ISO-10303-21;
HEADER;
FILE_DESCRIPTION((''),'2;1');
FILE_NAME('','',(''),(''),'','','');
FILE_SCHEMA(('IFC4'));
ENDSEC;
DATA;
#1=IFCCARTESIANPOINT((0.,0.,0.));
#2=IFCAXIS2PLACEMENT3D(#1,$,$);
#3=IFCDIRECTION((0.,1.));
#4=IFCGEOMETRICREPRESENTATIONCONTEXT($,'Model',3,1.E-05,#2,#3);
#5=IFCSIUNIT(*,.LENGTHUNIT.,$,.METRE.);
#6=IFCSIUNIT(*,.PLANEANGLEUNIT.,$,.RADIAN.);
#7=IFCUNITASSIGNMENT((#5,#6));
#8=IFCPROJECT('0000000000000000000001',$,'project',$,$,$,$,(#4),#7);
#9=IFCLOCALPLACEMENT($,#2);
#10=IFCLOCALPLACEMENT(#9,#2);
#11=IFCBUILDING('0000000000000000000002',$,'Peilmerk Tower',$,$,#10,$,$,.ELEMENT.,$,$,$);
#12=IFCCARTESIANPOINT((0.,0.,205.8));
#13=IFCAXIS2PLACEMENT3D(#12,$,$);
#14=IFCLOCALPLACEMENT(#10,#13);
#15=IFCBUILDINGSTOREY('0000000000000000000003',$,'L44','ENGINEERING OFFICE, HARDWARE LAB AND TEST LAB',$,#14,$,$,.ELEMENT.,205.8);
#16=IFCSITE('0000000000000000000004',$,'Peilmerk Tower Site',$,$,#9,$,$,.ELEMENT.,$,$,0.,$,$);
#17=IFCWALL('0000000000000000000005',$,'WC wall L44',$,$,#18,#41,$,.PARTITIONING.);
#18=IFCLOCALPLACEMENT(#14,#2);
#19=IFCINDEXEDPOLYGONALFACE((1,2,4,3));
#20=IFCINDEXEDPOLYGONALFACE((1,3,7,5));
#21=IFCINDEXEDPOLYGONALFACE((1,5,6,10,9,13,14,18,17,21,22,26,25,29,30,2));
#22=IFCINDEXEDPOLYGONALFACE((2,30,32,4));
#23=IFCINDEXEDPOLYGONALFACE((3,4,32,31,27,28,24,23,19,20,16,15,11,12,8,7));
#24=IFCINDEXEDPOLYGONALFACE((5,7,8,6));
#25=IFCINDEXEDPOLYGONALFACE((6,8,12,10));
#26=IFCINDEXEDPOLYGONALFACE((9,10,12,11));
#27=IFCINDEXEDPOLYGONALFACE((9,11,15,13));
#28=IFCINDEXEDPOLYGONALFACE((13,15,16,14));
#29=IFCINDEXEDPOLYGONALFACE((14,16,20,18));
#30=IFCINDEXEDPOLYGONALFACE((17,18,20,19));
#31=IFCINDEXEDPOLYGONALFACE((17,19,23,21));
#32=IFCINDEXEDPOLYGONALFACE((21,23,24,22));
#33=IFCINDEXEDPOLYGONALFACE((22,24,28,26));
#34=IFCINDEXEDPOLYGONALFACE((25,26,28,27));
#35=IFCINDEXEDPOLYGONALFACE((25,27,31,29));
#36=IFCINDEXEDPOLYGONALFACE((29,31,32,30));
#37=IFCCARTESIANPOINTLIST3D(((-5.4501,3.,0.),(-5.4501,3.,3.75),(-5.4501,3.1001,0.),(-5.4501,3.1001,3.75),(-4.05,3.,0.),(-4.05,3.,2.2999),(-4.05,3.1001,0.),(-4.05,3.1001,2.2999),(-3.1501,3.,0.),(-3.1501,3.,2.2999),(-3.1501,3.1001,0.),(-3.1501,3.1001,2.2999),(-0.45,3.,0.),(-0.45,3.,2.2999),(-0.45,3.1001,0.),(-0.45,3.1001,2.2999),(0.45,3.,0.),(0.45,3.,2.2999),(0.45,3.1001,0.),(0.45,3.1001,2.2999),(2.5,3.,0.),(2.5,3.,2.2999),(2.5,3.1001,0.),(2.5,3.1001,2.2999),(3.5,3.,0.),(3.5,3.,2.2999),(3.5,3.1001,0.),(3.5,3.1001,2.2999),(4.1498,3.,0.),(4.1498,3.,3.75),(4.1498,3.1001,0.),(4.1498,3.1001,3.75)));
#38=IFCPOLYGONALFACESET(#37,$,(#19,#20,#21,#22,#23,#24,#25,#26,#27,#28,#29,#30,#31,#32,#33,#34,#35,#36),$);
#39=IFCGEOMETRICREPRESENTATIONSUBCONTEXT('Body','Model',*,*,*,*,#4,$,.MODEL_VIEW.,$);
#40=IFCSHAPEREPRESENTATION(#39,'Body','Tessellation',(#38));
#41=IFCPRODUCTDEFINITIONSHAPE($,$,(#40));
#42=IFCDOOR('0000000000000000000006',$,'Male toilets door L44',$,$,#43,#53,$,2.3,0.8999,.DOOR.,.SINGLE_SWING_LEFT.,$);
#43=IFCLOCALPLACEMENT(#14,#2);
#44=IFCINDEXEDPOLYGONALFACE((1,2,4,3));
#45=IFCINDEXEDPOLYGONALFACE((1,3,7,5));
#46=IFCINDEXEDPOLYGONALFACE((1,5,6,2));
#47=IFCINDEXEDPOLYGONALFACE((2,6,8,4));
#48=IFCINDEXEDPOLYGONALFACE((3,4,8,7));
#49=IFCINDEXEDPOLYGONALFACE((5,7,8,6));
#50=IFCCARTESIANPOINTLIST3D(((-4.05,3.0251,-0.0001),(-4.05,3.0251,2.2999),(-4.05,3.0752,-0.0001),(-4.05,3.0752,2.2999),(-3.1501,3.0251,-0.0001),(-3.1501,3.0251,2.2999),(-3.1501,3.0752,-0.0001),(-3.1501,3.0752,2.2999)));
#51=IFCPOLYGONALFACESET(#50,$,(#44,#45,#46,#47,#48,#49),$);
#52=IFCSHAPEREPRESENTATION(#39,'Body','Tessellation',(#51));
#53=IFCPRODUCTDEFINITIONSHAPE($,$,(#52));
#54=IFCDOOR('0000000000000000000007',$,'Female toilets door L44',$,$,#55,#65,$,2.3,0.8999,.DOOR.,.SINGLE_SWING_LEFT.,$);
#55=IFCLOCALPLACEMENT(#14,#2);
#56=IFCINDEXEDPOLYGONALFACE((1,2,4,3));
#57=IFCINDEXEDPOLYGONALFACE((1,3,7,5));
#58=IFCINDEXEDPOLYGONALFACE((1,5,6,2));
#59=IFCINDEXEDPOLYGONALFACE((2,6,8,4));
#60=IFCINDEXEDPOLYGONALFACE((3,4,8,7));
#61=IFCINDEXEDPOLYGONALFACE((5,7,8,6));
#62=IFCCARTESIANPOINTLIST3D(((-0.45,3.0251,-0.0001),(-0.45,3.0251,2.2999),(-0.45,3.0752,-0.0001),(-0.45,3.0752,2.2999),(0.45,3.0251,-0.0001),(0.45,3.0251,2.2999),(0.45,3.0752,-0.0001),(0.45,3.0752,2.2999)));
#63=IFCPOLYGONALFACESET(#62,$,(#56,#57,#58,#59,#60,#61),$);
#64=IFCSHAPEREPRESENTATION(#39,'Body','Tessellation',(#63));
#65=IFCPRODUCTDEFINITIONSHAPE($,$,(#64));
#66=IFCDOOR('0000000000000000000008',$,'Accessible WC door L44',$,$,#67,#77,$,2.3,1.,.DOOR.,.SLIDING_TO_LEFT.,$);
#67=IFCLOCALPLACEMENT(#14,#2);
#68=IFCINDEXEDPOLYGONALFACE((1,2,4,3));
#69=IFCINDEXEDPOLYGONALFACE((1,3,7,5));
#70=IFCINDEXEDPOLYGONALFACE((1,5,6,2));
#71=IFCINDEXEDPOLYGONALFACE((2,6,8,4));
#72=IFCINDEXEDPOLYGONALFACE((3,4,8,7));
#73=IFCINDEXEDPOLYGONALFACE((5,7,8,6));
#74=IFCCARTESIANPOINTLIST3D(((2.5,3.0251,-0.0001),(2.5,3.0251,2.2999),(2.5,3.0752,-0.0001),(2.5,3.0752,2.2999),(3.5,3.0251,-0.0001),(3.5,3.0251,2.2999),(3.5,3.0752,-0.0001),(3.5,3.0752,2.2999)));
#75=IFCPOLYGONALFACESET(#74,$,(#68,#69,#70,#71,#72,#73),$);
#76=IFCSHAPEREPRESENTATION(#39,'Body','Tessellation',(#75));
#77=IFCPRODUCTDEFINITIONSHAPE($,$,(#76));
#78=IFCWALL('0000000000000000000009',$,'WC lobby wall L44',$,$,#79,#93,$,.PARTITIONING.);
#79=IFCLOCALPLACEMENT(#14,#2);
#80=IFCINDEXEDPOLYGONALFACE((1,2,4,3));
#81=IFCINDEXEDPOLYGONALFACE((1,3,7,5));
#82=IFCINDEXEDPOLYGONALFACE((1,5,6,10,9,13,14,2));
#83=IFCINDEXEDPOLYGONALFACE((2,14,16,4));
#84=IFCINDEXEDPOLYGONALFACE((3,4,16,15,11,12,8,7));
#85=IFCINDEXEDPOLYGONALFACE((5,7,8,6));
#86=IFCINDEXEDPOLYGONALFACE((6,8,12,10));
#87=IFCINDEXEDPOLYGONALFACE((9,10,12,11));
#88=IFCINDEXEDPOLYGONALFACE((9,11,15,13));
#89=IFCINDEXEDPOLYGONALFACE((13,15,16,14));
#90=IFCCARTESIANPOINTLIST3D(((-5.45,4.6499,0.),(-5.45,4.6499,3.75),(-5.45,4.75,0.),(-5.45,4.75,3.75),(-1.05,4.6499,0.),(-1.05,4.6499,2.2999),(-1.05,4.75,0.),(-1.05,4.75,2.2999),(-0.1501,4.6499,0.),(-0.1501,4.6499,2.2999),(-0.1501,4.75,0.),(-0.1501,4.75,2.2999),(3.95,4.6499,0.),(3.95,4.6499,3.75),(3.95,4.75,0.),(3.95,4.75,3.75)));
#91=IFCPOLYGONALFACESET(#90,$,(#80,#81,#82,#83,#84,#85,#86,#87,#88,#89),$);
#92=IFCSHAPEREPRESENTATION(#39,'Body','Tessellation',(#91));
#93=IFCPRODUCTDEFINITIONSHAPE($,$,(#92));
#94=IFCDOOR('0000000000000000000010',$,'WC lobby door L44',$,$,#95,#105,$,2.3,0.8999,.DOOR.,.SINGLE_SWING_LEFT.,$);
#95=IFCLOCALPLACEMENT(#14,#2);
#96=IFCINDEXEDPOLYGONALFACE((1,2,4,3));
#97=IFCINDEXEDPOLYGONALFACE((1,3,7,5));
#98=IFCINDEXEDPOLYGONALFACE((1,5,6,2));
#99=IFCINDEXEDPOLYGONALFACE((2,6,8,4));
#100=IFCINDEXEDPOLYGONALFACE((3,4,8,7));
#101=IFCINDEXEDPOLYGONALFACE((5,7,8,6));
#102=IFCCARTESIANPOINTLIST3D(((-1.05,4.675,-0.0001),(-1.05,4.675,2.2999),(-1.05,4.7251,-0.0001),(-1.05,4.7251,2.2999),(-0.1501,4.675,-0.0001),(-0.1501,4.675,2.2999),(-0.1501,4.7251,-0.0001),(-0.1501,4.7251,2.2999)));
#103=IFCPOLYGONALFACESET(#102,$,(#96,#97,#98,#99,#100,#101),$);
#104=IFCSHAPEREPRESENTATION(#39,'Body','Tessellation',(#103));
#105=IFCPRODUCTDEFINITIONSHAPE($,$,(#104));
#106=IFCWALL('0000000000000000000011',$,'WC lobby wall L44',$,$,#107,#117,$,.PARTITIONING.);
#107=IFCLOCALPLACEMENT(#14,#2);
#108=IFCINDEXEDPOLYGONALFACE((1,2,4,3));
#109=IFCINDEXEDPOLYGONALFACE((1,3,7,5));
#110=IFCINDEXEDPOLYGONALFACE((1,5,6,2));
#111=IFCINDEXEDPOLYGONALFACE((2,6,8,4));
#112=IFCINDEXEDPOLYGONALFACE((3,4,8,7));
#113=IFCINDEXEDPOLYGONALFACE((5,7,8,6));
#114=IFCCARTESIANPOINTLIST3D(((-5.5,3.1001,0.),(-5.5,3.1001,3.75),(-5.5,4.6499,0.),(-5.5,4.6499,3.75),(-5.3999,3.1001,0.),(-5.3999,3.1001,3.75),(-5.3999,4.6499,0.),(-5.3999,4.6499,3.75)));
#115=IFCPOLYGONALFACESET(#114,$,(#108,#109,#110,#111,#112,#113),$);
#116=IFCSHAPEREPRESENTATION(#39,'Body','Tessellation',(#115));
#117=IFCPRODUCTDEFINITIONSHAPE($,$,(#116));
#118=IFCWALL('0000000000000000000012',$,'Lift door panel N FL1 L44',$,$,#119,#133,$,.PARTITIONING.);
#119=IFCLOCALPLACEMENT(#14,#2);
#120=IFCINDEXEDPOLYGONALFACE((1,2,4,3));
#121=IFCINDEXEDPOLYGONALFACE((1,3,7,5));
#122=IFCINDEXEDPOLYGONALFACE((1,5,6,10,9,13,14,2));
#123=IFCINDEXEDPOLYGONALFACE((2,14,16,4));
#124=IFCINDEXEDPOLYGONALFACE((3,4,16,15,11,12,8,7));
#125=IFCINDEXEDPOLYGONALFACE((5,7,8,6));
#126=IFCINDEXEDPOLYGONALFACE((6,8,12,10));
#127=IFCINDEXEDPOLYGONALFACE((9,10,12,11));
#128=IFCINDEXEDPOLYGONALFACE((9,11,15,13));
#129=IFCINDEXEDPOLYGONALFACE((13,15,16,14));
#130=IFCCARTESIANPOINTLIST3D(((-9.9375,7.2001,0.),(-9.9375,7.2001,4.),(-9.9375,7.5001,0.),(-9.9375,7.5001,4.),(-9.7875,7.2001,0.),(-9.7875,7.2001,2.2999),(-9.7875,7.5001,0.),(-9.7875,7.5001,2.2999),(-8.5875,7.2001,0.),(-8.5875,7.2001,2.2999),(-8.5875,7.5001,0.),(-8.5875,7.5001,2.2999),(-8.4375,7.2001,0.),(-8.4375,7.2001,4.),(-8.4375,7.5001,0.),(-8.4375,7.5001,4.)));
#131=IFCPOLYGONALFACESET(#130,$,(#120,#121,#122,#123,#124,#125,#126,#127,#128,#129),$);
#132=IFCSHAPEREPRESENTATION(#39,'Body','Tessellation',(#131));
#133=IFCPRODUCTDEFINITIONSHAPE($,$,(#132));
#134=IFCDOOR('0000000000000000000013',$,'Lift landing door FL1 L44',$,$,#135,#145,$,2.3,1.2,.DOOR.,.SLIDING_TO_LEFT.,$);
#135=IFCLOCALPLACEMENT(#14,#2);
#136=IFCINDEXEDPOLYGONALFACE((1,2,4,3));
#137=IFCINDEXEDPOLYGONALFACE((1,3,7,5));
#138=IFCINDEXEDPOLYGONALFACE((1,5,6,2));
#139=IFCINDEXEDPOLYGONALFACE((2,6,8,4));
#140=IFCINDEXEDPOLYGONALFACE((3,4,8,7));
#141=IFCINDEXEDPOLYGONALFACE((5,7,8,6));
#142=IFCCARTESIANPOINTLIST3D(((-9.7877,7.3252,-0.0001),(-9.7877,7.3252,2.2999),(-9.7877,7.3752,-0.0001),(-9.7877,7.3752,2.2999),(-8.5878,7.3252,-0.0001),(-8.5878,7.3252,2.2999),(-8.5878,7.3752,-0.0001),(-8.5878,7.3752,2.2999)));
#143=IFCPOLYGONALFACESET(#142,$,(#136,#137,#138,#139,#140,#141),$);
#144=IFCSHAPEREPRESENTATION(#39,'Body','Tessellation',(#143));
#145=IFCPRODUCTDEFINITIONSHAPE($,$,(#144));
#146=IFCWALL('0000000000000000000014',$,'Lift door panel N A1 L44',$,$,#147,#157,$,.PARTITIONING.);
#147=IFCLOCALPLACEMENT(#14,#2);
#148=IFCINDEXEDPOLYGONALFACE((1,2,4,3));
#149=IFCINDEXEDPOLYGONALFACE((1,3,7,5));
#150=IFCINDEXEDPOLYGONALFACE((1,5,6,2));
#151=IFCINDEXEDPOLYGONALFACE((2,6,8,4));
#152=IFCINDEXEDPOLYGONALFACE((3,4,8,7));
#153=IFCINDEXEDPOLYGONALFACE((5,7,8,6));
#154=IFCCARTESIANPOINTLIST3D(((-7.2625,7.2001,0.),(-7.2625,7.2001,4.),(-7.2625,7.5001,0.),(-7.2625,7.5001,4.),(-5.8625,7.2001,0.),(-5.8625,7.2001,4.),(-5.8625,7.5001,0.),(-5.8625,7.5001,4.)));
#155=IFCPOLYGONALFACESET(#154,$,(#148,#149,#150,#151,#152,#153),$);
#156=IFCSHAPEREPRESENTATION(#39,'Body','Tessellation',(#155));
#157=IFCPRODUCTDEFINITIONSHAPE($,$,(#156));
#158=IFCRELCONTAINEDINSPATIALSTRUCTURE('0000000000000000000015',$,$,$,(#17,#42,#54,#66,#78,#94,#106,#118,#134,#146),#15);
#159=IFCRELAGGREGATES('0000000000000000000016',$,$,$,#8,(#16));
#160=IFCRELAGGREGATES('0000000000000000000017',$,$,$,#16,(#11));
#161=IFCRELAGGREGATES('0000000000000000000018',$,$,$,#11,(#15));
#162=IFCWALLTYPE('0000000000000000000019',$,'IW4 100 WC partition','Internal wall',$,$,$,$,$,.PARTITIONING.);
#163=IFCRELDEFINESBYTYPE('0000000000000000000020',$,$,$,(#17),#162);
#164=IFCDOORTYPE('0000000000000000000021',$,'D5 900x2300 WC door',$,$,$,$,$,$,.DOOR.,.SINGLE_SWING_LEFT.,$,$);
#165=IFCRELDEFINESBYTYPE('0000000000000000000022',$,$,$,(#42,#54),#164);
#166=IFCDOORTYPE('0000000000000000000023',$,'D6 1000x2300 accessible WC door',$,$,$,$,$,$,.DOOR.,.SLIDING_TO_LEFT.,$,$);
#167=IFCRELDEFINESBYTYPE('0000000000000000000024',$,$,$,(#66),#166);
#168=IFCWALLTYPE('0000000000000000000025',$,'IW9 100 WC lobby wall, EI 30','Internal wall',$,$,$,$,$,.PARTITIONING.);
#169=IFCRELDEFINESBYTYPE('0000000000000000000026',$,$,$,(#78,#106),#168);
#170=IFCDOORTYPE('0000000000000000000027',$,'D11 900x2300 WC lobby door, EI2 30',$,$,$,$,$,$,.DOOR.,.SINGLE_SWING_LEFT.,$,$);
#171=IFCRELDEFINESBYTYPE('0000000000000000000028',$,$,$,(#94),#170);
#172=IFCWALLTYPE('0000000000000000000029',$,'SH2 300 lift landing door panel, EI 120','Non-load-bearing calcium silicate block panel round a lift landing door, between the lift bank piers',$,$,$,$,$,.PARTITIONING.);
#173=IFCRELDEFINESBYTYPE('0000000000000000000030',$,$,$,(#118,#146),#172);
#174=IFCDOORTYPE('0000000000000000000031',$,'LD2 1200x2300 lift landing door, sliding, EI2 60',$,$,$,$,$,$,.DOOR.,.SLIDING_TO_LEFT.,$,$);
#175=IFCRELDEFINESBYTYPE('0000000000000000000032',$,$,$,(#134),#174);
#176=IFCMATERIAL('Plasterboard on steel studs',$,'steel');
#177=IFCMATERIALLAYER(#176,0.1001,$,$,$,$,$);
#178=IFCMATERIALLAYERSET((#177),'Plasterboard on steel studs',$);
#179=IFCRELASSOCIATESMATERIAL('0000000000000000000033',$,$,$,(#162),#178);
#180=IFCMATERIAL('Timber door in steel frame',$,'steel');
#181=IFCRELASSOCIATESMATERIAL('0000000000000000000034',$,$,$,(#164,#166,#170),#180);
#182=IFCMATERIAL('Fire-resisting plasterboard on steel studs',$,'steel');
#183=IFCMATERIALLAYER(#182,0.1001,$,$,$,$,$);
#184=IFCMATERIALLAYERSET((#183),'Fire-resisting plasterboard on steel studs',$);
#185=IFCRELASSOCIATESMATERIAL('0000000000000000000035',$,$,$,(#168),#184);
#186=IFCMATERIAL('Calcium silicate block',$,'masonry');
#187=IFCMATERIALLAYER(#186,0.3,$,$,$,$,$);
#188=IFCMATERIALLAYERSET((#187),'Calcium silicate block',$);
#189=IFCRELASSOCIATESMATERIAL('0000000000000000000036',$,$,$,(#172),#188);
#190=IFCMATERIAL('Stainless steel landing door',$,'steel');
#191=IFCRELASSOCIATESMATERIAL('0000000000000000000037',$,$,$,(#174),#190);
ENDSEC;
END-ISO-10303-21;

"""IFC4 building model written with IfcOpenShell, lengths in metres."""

from ifc_helpers import new_model, si_unit, direction, frame, frame_2d, origin, place, context, subcontext, project, spatial, rectangle, extrude, material, layer, layer_set, type_object, element, fill, save


model = new_model("IFC4")

# Units and contexts
model_context = context("Model", 3, precision=1e-05, world=origin(), true_north=direction((0.0, 1.0)))
body_context = subcontext(model_context, "Body", "Model", "MODEL_VIEW")
ifc_project = project(units=[si_unit("LENGTHUNIT", "METRE"), si_unit("PLANEANGLEUNIT", "RADIAN")], contexts=[model_context])

# Site, building, storey
site_placement = place(None, origin())
site = spatial("IfcSite", under=ifc_project, at=site_placement, Name="Peilmerk Tower Site", CompositionType="ELEMENT", RefElevation=0.0)
building_placement = place(site_placement, origin())
building = spatial("IfcBuilding", under=site, at=building_placement, Name="Peilmerk Tower", CompositionType="ELEMENT")
storey_placement = place(building_placement, frame((0.0, 0.0, 205.8)))
storey = spatial("IfcBuildingStorey", under=building, at=storey_placement, Name="L44", Description="ENGINEERING OFFICE, HARDWARE LAB AND TEST LAB", CompositionType="ELEMENT", Elevation=205.8)

# Shared definitions
ifc_material_1 = material(Name="Calcium silicate block", Category="masonry")

# Wall, openings, doors
ifc_material_2 = material(Name="Plasterboard on steel studs", Category="steel")
ifc_layer_1 = layer(ifc_material_2, 0.1001)
ifc_layer_set_1 = layer_set([ifc_layer_1], Name="Plasterboard on steel studs")
wall_type_1 = type_object("IfcWallType", Name="IW4 100 WC partition", Description="Internal wall", PredefinedType="PARTITIONING", material=ifc_layer_set_1)
wall_1_placement = place(storey_placement, frame((-5.45, 3.05, 0.0), z_axis=(0.0, 0.0, 1.0), x_axis=(1.0, 0.0, 0.0)))
wall_1 = element("IfcWall", 1, at=wall_1_placement, inside=storey, type_object=wall_type_1, Name="WC wall L44", PredefinedType="PARTITIONING", context=body_context, shape_type="SweptSolid", body=[
    extrude(rectangle(XDim=9.5999, YDim=0.1001, at=frame_2d((4.7998, 0.0))), origin(), (0.0, 0.0, 1.0), 3.75),
])
opening_1_placement = place(wall_1_placement, frame((1.3999, 0.0, 0.0)))
opening_1 = element("IfcOpeningElement", 2, at=opening_1_placement, cuts=wall_1, PredefinedType="OPENING", context=body_context, shape_type="SweptSolid", body=[
    extrude(rectangle(XDim=0.8999, YDim=2.3, at=frame_2d((0.45, 1.1499))), frame((0.0, 0.0601, 0.0), z_axis=(0.0, -1.0, 0.0), x_axis=(1.0, 0.0, 0.0)), (0.0, 0.0, 1.0), 0.1201),
])
opening_2_placement = place(wall_1_placement, frame((5.0, 0.0, 0.0)))
opening_2 = element("IfcOpeningElement", 3, at=opening_2_placement, cuts=wall_1, PredefinedType="OPENING", context=body_context, shape_type="SweptSolid", body=[
    extrude(rectangle(XDim=0.8999, YDim=2.3, at=frame_2d((0.45, 1.1499))), frame((0.0, 0.0601, 0.0), z_axis=(0.0, -1.0, 0.0), x_axis=(1.0, 0.0, 0.0)), (0.0, 0.0, 1.0), 0.1201),
])
opening_3_placement = place(wall_1_placement, frame((7.95, 0.0, 0.0)))
opening_3 = element("IfcOpeningElement", 4, at=opening_3_placement, cuts=wall_1, PredefinedType="OPENING", context=body_context, shape_type="SweptSolid", body=[
    extrude(rectangle(XDim=1.0, YDim=2.3, at=frame_2d((0.5, 1.1499))), frame((0.0, 0.0601, 0.0), z_axis=(0.0, -1.0, 0.0), x_axis=(1.0, 0.0, 0.0)), (0.0, 0.0, 1.0), 0.1201),
])
ifc_material_3 = material(Name="Timber door in steel frame", Category="steel")
door_type_1 = type_object("IfcDoorType", Name="D5 900x2300 WC door", OperationType="SINGLE_SWING_LEFT", PredefinedType="DOOR", material=ifc_material_3)
door_1_placement = place(opening_1_placement, frame((0.8999, 0.0, 0.0), z_axis=(0.0, 0.0, 1.0), x_axis=(-1.0, 0.0, 0.0)))
door_1 = element("IfcDoor", 5, at=door_1_placement, inside=storey, type_object=door_type_1, Name="Male toilets door L44", OperationType="SINGLE_SWING_LEFT", OverallHeight=2.3, OverallWidth=0.8999, PredefinedType="DOOR", context=body_context, shape_type="SweptSolid", body=[
    extrude(rectangle(XDim=0.8999, YDim=2.3, at=frame_2d((0.45, 1.1499))), frame((0.0, 0.0249, 0.0), z_axis=(0.0, -1.0, 0.0), x_axis=(1.0, 0.0, 0.0)), (0.0, 0.0, 1.0), 0.05),
])
fill(opening_1, door_1)
door_2_placement = place(opening_2_placement, frame((0.8999, 0.0, 0.0), z_axis=(0.0, 0.0, 1.0), x_axis=(-1.0, 0.0, 0.0)))
door_2 = element("IfcDoor", 6, at=door_2_placement, inside=storey, type_object=door_type_1, Name="Female toilets door L44", OperationType="SINGLE_SWING_LEFT", OverallHeight=2.3, OverallWidth=0.8999, PredefinedType="DOOR", context=body_context, shape_type="SweptSolid", body=[
    extrude(rectangle(XDim=0.8999, YDim=2.3, at=frame_2d((0.45, 1.1499))), frame((0.0, 0.0249, 0.0), z_axis=(0.0, -1.0, 0.0), x_axis=(1.0, 0.0, 0.0)), (0.0, 0.0, 1.0), 0.05),
])
fill(opening_2, door_2)
door_type_2 = type_object("IfcDoorType", Name="D6 1000x2300 accessible WC door", OperationType="SLIDING_TO_LEFT", PredefinedType="DOOR", material=ifc_material_3)
door_3_placement = place(opening_3_placement, frame((1.0, 0.0, 0.0), z_axis=(0.0, 0.0, 1.0), x_axis=(-1.0, 0.0, 0.0)))
door_3 = element("IfcDoor", 7, at=door_3_placement, inside=storey, type_object=door_type_2, Name="Accessible WC door L44", OperationType="SLIDING_TO_LEFT", OverallHeight=2.3, OverallWidth=1.0, PredefinedType="DOOR", context=body_context, shape_type="SweptSolid", body=[
    extrude(rectangle(XDim=1.0, YDim=2.3, at=frame_2d((0.5, 1.1499))), frame((0.0, 0.0249, 0.0), z_axis=(0.0, -1.0, 0.0), x_axis=(1.0, 0.0, 0.0)), (0.0, 0.0, 1.0), 0.05),
])
fill(opening_3, door_3)

# Wall, opening, door
ifc_material_4 = material(Name="Fire-resisting plasterboard on steel studs", Category="steel")
ifc_layer_2 = layer(ifc_material_4, 0.1001)
ifc_layer_set_2 = layer_set([ifc_layer_2], Name="Fire-resisting plasterboard on steel studs")
wall_type_2 = type_object("IfcWallType", Name="IW9 100 WC lobby wall, EI 30", Description="Internal wall", PredefinedType="PARTITIONING", material=ifc_layer_set_2)
wall_2_placement = place(storey_placement, frame((-5.45, 4.7, 0.0), z_axis=(0.0, 0.0, 1.0), x_axis=(1.0, 0.0, 0.0)))
wall_2 = element("IfcWall", 8, at=wall_2_placement, inside=storey, type_object=wall_type_2, Name="WC lobby wall L44", PredefinedType="PARTITIONING", context=body_context, shape_type="SweptSolid", body=[
    extrude(rectangle(XDim=9.3999, YDim=0.1001, at=frame_2d((4.7, 0.0))), origin(), (0.0, 0.0, 1.0), 3.75),
])
opening_4_placement = place(wall_2_placement, frame((4.3999, 0.0, 0.0)))
opening_4 = element("IfcOpeningElement", 9, at=opening_4_placement, cuts=wall_2, PredefinedType="OPENING", context=body_context, shape_type="SweptSolid", body=[
    extrude(rectangle(XDim=0.8999, YDim=2.3, at=frame_2d((0.45, 1.1499))), frame((0.0, 0.0601, 0.0), z_axis=(0.0, -1.0, 0.0), x_axis=(1.0, 0.0, 0.0)), (0.0, 0.0, 1.0), 0.1201),
])
door_type_3 = type_object("IfcDoorType", Name="D11 900x2300 WC lobby door, EI2 30", OperationType="SINGLE_SWING_LEFT", PredefinedType="DOOR", material=ifc_material_3)
door_4_placement = place(opening_4_placement, frame((0.8999, 0.0, 0.0), z_axis=(0.0, 0.0, 1.0), x_axis=(-1.0, 0.0, 0.0)))
door_4 = element("IfcDoor", 10, at=door_4_placement, inside=storey, type_object=door_type_3, Name="WC lobby door L44", OperationType="SINGLE_SWING_LEFT", OverallHeight=2.3, OverallWidth=0.8999, PredefinedType="DOOR", context=body_context, shape_type="SweptSolid", body=[
    extrude(rectangle(XDim=0.8999, YDim=2.3, at=frame_2d((0.45, 1.1499))), frame((0.0, 0.0249, 0.0), z_axis=(0.0, -1.0, 0.0), x_axis=(1.0, 0.0, 0.0)), (0.0, 0.0, 1.0), 0.05),
])
fill(opening_4, door_4)

# Wall
wall_3_placement = place(storey_placement, frame((-5.45, 3.1001, 0.0), z_axis=(0.0, 0.0, 1.0), x_axis=(0.0, 1.0, 0.0)))
element("IfcWall", 11, at=wall_3_placement, inside=storey, type_object=wall_type_2, Name="WC lobby wall L44", PredefinedType="PARTITIONING", context=body_context, shape_type="SweptSolid", body=[
    extrude(rectangle(XDim=1.5498, YDim=0.1001, at=frame_2d((0.7749, 0.0))), origin(), (0.0, 0.0, 1.0), 3.75),
])

# Wall, opening, door
ifc_layer_3 = layer(ifc_material_1, 0.3)
ifc_layer_set_3 = layer_set([ifc_layer_3], Name="Calcium silicate block")
wall_type_3 = type_object("IfcWallType", Name="SH2 300 lift landing door panel, EI 120", Description="Non-load-bearing calcium silicate block panel round a lift landing door, between the lift bank piers", PredefinedType="PARTITIONING", material=ifc_layer_set_3)
wall_4_placement = place(storey_placement, frame((-9.9375, 7.3501, 0.0), z_axis=(0.0, 0.0, 1.0), x_axis=(1.0, 0.0, 0.0)))
wall_4 = element("IfcWall", 12, at=wall_4_placement, inside=storey, type_object=wall_type_3, Name="Lift door panel N FL1 L44", PredefinedType="PARTITIONING", context=body_context, shape_type="SweptSolid", body=[
    extrude(rectangle(XDim=1.5, YDim=0.3, at=frame_2d((0.75, 0.0))), origin(), (0.0, 0.0, 1.0), 4.0),
])
opening_5_placement = place(wall_4_placement, frame((0.1499, 0.0, 0.0)))
opening_5 = element("IfcOpeningElement", 13, at=opening_5_placement, cuts=wall_4, PredefinedType="OPENING", context=body_context, shape_type="SweptSolid", body=[
    extrude(rectangle(XDim=1.2, YDim=2.3, at=frame_2d((0.6001, 1.1499))), frame((0.0, 0.1599, 0.0), z_axis=(0.0, -1.0, 0.0), x_axis=(1.0, 0.0, 0.0)), (0.0, 0.0, 1.0), 0.3201),
])
ifc_material_5 = material(Name="Stainless steel landing door", Category="steel")
door_type_4 = type_object("IfcDoorType", Name="LD2 1200x2300 lift landing door, sliding, EI2 60", OperationType="SLIDING_TO_LEFT", PredefinedType="DOOR", material=ifc_material_5)
door_5_placement = place(opening_5_placement, frame((1.2, 0.0, 0.0), z_axis=(0.0, 0.0, 1.0), x_axis=(-1.0, 0.0, 0.0)))
door_5 = element("IfcDoor", 14, at=door_5_placement, inside=storey, type_object=door_type_4, Name="Lift landing door FL1 L44", OperationType="SLIDING_TO_LEFT", OverallHeight=2.3, OverallWidth=1.2, PredefinedType="DOOR", context=body_context, shape_type="SweptSolid", body=[
    extrude(rectangle(XDim=1.2, YDim=2.3, at=frame_2d((0.6001, 1.1499))), frame((0.0, 0.0249, 0.0), z_axis=(0.0, -1.0, 0.0), x_axis=(1.0, 0.0, 0.0)), (0.0, 0.0, 1.0), 0.05),
])
fill(opening_5, door_5)

# Wall
wall_5_placement = place(storey_placement, frame((-7.2625, 7.3501, 0.0), z_axis=(0.0, 0.0, 1.0), x_axis=(1.0, 0.0, 0.0)))
element("IfcWall", 15, at=wall_5_placement, inside=storey, type_object=wall_type_3, Name="Lift door panel N A1 L44", PredefinedType="PARTITIONING", context=body_context, shape_type="SweptSolid", body=[
    extrude(rectangle(XDim=1.3999, YDim=0.3, at=frame_2d((0.7, 0.0))), origin(), (0.0, 0.0, 1.0), 4.0),
])

save(model, "model.ifc")
